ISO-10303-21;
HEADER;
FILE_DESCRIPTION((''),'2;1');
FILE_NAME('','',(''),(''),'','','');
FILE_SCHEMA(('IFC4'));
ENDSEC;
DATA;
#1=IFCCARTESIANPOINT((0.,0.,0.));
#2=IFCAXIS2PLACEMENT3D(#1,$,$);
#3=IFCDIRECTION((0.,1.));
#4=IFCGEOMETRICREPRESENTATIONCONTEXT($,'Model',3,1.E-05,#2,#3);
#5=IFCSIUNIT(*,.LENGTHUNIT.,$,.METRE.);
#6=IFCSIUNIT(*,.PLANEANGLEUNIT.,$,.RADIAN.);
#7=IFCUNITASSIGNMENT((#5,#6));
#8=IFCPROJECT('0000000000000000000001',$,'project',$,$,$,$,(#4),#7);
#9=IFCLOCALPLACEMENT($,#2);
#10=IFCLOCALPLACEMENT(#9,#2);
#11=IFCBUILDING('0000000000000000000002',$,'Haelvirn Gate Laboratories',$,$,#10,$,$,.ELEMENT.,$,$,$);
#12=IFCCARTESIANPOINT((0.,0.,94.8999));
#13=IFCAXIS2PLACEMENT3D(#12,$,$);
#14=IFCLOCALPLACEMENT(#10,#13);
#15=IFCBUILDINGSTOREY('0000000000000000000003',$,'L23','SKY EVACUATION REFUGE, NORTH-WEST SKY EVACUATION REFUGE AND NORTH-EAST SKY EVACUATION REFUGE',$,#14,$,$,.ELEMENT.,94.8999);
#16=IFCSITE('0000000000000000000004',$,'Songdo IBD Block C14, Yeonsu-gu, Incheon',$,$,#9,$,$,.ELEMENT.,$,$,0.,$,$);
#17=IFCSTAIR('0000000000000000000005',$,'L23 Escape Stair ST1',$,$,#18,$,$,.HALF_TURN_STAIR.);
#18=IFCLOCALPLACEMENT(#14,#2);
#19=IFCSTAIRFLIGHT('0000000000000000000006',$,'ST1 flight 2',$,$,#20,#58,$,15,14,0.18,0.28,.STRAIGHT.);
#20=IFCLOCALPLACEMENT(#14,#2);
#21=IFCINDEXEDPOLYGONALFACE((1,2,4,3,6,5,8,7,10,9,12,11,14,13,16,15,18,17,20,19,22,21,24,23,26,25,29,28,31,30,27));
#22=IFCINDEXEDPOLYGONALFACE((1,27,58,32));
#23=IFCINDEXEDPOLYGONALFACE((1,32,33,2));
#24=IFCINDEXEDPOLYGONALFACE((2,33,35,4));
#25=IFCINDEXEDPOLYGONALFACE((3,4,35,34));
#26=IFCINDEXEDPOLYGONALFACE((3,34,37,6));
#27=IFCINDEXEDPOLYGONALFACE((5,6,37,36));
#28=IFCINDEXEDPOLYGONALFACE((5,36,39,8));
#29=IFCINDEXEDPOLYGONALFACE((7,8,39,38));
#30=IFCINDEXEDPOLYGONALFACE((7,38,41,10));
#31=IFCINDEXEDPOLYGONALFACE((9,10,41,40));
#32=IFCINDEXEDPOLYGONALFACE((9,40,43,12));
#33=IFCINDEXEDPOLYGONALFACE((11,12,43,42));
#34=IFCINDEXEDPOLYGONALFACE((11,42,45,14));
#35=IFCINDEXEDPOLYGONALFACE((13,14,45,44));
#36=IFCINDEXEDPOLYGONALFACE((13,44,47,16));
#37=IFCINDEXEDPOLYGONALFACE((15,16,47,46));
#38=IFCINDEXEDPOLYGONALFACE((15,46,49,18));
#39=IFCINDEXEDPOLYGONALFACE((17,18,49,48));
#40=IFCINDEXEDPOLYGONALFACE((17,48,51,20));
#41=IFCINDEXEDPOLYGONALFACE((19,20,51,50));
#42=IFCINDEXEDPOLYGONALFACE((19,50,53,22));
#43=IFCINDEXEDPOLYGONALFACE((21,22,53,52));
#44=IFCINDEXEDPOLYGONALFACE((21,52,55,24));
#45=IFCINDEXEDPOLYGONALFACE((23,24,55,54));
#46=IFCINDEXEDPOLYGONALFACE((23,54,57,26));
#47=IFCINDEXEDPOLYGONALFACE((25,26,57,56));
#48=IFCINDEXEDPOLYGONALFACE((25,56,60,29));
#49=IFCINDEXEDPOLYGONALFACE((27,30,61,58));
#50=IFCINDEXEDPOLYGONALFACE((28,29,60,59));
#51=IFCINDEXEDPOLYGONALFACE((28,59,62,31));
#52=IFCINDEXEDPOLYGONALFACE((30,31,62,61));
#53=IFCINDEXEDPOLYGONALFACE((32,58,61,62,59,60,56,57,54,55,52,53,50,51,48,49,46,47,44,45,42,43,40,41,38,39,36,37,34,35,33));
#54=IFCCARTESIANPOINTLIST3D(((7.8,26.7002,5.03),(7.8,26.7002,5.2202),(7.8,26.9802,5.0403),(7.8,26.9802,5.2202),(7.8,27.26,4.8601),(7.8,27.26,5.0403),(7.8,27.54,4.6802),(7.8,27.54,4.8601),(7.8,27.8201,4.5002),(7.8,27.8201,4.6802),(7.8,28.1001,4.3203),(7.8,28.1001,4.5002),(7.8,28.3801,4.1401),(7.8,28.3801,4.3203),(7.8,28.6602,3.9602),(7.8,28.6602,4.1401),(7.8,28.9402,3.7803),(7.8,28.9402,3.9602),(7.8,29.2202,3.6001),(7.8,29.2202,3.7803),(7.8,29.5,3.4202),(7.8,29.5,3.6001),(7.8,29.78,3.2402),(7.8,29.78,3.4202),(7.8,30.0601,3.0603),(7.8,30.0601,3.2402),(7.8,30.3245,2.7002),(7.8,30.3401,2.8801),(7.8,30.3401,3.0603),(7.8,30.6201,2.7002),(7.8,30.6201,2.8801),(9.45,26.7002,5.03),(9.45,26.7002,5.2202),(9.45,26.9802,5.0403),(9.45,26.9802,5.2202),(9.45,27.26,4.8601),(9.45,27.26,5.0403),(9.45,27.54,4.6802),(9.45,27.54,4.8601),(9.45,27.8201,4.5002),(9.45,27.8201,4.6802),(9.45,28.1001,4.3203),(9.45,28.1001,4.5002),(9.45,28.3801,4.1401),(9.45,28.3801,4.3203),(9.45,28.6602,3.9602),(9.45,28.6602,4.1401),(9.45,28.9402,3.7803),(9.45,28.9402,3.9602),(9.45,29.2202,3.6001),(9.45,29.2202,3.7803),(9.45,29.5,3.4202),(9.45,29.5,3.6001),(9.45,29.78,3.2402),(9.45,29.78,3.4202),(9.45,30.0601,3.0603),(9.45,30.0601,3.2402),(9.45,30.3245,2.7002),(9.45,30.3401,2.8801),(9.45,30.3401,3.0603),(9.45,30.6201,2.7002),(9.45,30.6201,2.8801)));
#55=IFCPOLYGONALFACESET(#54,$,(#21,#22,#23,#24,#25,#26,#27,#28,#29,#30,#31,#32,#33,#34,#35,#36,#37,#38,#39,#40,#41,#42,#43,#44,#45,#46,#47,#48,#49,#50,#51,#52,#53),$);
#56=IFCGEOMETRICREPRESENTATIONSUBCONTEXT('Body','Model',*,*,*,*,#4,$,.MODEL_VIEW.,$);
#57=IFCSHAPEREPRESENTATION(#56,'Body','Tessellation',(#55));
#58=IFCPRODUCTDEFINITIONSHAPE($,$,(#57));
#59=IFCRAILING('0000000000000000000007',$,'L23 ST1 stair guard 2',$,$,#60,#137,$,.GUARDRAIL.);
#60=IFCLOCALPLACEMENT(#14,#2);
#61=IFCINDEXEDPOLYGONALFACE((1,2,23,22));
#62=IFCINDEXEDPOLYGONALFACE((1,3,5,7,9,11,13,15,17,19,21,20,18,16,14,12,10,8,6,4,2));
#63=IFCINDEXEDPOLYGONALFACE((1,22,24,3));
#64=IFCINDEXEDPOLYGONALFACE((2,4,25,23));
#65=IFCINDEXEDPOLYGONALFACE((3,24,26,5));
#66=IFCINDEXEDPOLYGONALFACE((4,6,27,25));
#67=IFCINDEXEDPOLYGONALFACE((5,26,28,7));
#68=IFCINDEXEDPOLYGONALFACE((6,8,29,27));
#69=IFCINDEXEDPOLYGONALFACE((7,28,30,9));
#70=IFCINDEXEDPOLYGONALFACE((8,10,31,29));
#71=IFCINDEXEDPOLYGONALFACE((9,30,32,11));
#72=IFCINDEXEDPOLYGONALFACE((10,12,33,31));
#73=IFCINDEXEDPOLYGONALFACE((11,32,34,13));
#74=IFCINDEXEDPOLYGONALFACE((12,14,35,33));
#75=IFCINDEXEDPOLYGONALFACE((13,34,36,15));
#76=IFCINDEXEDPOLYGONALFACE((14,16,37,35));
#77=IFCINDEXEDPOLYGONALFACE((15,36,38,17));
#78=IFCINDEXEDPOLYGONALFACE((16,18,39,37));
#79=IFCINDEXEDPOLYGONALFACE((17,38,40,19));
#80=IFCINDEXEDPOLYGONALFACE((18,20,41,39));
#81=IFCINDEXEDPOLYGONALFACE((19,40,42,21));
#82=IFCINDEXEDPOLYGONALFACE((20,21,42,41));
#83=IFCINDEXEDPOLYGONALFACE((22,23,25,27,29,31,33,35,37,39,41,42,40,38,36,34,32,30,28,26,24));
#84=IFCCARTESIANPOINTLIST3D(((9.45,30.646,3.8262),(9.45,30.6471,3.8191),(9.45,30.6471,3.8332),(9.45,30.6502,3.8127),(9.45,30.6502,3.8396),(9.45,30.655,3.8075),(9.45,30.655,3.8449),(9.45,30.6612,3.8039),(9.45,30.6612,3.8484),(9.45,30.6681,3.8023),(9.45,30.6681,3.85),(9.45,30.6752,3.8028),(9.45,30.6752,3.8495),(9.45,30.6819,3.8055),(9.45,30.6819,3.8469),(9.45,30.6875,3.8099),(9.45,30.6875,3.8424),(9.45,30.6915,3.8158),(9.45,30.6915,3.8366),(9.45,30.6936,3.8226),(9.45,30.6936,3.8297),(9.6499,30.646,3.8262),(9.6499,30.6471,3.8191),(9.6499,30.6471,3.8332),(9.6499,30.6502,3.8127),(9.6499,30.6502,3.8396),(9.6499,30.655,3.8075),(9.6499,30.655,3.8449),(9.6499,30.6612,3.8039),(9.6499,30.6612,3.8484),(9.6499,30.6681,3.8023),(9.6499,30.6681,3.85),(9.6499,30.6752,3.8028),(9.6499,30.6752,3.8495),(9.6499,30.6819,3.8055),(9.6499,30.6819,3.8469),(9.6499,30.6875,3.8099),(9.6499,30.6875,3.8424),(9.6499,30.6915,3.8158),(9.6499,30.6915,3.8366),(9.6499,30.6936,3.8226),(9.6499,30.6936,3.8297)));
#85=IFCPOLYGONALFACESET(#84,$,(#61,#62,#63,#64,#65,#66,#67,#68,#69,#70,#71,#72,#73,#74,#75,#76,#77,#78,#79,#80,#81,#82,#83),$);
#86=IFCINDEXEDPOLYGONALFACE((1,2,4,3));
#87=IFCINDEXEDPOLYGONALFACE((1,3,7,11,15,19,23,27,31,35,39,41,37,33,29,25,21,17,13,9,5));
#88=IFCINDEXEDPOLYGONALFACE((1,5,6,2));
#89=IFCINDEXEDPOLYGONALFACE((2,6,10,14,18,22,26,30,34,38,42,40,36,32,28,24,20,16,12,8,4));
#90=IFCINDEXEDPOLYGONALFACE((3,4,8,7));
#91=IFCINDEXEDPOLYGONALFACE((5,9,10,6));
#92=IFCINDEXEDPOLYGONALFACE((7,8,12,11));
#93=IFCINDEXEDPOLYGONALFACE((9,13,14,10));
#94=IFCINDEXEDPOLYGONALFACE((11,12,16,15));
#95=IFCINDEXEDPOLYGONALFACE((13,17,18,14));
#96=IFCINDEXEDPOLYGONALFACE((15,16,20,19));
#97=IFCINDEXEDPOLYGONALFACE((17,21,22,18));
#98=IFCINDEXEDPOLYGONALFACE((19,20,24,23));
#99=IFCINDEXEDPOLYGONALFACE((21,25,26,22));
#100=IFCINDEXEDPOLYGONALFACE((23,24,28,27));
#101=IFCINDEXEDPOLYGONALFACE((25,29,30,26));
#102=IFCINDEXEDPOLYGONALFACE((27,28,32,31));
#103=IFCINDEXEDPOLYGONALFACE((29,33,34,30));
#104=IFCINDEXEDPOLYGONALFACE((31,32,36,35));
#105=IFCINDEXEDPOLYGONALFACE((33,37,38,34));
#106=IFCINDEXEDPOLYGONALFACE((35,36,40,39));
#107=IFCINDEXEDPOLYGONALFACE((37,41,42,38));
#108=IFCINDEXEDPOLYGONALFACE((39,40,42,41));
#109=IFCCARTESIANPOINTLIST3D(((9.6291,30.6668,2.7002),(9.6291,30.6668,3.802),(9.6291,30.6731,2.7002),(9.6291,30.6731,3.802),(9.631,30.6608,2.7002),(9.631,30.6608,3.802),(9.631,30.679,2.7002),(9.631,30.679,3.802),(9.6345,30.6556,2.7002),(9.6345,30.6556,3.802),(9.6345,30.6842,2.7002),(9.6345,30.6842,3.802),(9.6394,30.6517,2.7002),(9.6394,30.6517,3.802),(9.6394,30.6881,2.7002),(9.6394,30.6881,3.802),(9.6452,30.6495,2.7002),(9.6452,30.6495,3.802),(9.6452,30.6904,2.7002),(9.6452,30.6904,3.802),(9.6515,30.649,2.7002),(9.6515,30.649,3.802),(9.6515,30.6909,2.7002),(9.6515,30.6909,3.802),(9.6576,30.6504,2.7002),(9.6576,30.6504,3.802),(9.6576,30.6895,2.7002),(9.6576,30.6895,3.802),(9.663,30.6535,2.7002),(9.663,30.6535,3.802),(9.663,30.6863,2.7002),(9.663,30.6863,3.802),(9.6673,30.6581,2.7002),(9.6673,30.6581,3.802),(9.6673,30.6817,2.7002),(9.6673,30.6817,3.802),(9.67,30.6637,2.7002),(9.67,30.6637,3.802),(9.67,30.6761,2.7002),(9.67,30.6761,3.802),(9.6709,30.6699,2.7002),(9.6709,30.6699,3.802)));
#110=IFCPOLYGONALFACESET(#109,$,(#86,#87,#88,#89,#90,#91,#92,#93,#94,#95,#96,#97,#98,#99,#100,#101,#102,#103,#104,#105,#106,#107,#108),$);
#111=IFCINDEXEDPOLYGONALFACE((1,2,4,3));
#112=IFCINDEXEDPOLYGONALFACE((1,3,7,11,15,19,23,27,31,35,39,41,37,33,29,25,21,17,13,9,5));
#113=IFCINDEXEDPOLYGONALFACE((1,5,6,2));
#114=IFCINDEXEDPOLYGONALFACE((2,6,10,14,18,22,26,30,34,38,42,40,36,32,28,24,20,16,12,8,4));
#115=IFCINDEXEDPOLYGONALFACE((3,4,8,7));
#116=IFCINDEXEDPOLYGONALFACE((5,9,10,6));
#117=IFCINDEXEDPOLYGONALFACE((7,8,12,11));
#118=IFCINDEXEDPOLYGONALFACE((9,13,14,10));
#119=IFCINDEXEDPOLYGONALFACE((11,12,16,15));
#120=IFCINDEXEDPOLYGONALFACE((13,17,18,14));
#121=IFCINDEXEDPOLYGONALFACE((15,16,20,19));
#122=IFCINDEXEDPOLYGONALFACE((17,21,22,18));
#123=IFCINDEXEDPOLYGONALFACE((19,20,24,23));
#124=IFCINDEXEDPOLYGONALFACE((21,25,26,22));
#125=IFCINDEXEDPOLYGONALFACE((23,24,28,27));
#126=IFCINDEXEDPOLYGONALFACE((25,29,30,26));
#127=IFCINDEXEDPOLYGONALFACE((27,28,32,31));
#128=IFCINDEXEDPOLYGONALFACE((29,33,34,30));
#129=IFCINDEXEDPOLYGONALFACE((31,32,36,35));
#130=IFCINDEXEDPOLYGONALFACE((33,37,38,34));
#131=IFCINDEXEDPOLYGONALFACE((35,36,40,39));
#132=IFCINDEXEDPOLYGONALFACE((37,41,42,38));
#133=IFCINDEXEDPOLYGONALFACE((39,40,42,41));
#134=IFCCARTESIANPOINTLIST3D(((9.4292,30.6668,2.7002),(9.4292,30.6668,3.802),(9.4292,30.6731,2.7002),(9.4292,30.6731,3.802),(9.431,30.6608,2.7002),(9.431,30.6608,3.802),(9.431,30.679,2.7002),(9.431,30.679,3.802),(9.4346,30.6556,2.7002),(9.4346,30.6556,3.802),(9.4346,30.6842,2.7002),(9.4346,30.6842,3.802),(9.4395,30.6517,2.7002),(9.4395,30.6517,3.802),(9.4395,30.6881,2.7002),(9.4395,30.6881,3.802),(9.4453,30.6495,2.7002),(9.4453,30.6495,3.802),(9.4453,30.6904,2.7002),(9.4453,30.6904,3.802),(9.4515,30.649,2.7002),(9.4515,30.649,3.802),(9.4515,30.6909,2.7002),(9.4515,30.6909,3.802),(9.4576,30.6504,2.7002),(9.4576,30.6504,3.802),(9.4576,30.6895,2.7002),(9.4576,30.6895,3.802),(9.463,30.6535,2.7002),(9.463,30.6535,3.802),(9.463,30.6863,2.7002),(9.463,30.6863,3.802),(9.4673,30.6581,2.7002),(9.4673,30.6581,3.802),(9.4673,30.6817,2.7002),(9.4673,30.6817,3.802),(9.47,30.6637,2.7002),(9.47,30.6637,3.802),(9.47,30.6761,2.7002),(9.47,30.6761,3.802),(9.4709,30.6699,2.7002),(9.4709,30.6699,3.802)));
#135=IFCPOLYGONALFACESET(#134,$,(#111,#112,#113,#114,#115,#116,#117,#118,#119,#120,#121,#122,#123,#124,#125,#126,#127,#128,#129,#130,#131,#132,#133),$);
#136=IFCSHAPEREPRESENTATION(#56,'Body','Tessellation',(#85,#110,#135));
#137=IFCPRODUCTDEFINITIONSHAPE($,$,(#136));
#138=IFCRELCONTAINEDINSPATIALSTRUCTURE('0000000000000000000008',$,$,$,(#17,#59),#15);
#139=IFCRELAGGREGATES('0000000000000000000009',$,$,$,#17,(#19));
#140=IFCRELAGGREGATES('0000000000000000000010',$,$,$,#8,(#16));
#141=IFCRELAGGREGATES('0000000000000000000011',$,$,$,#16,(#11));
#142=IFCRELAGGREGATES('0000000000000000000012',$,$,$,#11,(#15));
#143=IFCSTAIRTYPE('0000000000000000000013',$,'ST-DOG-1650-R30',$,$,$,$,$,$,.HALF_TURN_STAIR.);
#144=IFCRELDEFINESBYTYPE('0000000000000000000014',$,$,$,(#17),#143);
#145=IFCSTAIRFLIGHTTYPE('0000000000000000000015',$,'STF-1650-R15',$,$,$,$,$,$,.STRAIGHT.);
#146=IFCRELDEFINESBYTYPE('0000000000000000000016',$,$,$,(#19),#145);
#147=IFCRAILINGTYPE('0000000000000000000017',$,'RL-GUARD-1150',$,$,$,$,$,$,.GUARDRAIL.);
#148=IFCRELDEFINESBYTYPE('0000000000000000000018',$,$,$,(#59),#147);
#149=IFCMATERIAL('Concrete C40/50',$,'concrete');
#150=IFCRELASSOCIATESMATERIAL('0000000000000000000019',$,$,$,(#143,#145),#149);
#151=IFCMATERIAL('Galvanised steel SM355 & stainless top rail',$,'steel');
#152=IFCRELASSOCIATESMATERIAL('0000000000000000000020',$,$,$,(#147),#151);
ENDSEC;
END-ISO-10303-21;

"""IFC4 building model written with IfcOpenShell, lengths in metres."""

from ifc_helpers import new_model, si_unit, direction, frame, origin, origin_2d, place, context, subcontext, project, spatial, polyline, circle, outline, extrude, source, transform, mapped, material, type_object, type_shapes, element, aggregate, save


model = new_model("IFC4")

# Units and contexts
model_context = context("Model", 3, precision=1e-05, world=origin(), true_north=direction((0.0, 1.0)))
body_context = subcontext(model_context, "Body", "Model", "MODEL_VIEW")
ifc_project = project(units=[si_unit("LENGTHUNIT", "METRE"), si_unit("PLANEANGLEUNIT", "RADIAN")], contexts=[model_context])

# Site, building, storey
site_placement = place(None, origin())
site = spatial("IfcSite", under=ifc_project, at=site_placement, Name="Songdo IBD Block C14, Yeonsu-gu, Incheon", CompositionType="ELEMENT", RefElevation=0.0)
building_placement = place(site_placement, origin())
building = spatial("IfcBuilding", under=site, at=building_placement, Name="Haelvirn Gate Laboratories", CompositionType="ELEMENT")
storey_placement = place(building_placement, frame((0.0, 0.0, 94.8999)))
storey = spatial("IfcBuildingStorey", under=building, at=storey_placement, Name="L23", Description="SKY EVACUATION REFUGE, NORTH-WEST SKY EVACUATION REFUGE AND NORTH-EAST SKY EVACUATION REFUGE", CompositionType="ELEMENT", Elevation=94.8999)

# Shared definitions
ifc_material_1 = material(Name="Concrete C40/50", Category="concrete")

# Stair, stair flight
stair_type = type_object("IfcStairType", Name="ST-DOG-1650-R30", PredefinedType="HALF_TURN_STAIR", material=ifc_material_1)
stair_placement = place(storey_placement, origin())
stair = element("IfcStair", 1, at=stair_placement, inside=storey, type_object=stair_type, Name="L23 Escape Stair ST1", PredefinedType="HALF_TURN_STAIR")
stair_flight_type = type_object("IfcStairFlightType", Name="STF-1650-R15", PredefinedType="STRAIGHT", material=ifc_material_1)
shared_shape_1 = source(origin(), body_context, "Body", "SweptSolid", [
    extrude(outline(polyline([(0.0, 0.0), (0.0, 0.1799), (0.28, 0.1799), (0.28, 0.3601), (0.5601, 0.3601), (0.5601, 0.54), (0.8401, 0.54), (0.8401, 0.72), (1.1201, 0.72), (1.1201, 0.8999), (1.3999, 0.8999), (1.3999, 1.0801), (1.6799, 1.0801), (1.6799, 1.26), (1.96, 1.26), (1.96, 1.4399), (2.24, 1.4399), (2.24, 1.6201), (2.52, 1.6201), (2.52, 1.8), (2.8, 1.8), (2.8, 1.98), (3.0801, 1.98), (3.0801, 2.1599), (3.3601, 2.1599), (3.3601, 2.3401), (3.6399, 2.3401), (3.6399, 2.52), (3.9199, 2.52), (3.9199, 2.7), (3.9199, 2.3298), (0.2957, 0.0), (0.0, 0.0)])), frame((0.0, 0.825, 0.0), z_axis=(0.0, -1.0, 0.0), x_axis=(1.0, 0.0, 0.0)), (0.0, 0.0, 1.0), 1.6499),
])
type_shapes(stair_flight_type, [shared_shape_1])
stair_flight_1_placement = place(storey_placement, frame((8.625, 30.6201, 2.7002), z_axis=(0.0, 0.0, 1.0), x_axis=(0.0, -1.0, 0.0)))
stair_flight_1 = element("IfcStairFlight", 2, at=stair_flight_1_placement, type_object=stair_flight_type, Name="ST1 flight 2", NumberOfRisers=15, NumberOfTreads=14, PredefinedType="STRAIGHT", RiserHeight=0.18, TreadLength=0.28, context=body_context, shape_type="MappedRepresentation", body=[
    mapped(shared_shape_1, transform((0.0, 0.0, 0.0), scale=1.0)),
])
aggregate(stair, [stair_flight_1])

# Railing
ifc_material_2 = material(Name="Galvanised steel SM355 & stainless top rail", Category="steel")
railing_type_1 = type_object("IfcRailingType", Name="RL-GUARD-1150", PredefinedType="GUARDRAIL", material=ifc_material_2)
shared_shape_2 = source(origin(), body_context, "Body", "SweptSolid", [
    extrude(circle(Radius=0.0239, at=origin_2d()), frame((0.0, 0.0, 1.126), z_axis=(-1.0, 0.0, 0.0), x_axis=(0.0, -1.0, 0.0)), (0.0, 0.0, 1.0), 0.2),
    extrude(circle(Radius=0.021, at=origin_2d()), origin(), (0.0, 0.0, 1.0), 1.1018),
    extrude(circle(Radius=0.021, at=origin_2d()), frame((-0.2, 0.0, 0.0)), (0.0, 0.0, 1.0), 1.1018),
])
for number, where, name in (
    (3, (9.6499, 30.6699, 2.7002), "L23 ST1 stair guard 2"),
):
    element("IfcRailing", number, at=place(storey_placement, frame(where)), inside=storey, type_object=railing_type_1, Name=name, PredefinedType="GUARDRAIL", context=body_context, shape_type="MappedRepresentation", body=[
        mapped(shared_shape_2, transform((0.0, 0.0, 0.0), scale=1.0)),
    ])

save(model, "model.ifc")
